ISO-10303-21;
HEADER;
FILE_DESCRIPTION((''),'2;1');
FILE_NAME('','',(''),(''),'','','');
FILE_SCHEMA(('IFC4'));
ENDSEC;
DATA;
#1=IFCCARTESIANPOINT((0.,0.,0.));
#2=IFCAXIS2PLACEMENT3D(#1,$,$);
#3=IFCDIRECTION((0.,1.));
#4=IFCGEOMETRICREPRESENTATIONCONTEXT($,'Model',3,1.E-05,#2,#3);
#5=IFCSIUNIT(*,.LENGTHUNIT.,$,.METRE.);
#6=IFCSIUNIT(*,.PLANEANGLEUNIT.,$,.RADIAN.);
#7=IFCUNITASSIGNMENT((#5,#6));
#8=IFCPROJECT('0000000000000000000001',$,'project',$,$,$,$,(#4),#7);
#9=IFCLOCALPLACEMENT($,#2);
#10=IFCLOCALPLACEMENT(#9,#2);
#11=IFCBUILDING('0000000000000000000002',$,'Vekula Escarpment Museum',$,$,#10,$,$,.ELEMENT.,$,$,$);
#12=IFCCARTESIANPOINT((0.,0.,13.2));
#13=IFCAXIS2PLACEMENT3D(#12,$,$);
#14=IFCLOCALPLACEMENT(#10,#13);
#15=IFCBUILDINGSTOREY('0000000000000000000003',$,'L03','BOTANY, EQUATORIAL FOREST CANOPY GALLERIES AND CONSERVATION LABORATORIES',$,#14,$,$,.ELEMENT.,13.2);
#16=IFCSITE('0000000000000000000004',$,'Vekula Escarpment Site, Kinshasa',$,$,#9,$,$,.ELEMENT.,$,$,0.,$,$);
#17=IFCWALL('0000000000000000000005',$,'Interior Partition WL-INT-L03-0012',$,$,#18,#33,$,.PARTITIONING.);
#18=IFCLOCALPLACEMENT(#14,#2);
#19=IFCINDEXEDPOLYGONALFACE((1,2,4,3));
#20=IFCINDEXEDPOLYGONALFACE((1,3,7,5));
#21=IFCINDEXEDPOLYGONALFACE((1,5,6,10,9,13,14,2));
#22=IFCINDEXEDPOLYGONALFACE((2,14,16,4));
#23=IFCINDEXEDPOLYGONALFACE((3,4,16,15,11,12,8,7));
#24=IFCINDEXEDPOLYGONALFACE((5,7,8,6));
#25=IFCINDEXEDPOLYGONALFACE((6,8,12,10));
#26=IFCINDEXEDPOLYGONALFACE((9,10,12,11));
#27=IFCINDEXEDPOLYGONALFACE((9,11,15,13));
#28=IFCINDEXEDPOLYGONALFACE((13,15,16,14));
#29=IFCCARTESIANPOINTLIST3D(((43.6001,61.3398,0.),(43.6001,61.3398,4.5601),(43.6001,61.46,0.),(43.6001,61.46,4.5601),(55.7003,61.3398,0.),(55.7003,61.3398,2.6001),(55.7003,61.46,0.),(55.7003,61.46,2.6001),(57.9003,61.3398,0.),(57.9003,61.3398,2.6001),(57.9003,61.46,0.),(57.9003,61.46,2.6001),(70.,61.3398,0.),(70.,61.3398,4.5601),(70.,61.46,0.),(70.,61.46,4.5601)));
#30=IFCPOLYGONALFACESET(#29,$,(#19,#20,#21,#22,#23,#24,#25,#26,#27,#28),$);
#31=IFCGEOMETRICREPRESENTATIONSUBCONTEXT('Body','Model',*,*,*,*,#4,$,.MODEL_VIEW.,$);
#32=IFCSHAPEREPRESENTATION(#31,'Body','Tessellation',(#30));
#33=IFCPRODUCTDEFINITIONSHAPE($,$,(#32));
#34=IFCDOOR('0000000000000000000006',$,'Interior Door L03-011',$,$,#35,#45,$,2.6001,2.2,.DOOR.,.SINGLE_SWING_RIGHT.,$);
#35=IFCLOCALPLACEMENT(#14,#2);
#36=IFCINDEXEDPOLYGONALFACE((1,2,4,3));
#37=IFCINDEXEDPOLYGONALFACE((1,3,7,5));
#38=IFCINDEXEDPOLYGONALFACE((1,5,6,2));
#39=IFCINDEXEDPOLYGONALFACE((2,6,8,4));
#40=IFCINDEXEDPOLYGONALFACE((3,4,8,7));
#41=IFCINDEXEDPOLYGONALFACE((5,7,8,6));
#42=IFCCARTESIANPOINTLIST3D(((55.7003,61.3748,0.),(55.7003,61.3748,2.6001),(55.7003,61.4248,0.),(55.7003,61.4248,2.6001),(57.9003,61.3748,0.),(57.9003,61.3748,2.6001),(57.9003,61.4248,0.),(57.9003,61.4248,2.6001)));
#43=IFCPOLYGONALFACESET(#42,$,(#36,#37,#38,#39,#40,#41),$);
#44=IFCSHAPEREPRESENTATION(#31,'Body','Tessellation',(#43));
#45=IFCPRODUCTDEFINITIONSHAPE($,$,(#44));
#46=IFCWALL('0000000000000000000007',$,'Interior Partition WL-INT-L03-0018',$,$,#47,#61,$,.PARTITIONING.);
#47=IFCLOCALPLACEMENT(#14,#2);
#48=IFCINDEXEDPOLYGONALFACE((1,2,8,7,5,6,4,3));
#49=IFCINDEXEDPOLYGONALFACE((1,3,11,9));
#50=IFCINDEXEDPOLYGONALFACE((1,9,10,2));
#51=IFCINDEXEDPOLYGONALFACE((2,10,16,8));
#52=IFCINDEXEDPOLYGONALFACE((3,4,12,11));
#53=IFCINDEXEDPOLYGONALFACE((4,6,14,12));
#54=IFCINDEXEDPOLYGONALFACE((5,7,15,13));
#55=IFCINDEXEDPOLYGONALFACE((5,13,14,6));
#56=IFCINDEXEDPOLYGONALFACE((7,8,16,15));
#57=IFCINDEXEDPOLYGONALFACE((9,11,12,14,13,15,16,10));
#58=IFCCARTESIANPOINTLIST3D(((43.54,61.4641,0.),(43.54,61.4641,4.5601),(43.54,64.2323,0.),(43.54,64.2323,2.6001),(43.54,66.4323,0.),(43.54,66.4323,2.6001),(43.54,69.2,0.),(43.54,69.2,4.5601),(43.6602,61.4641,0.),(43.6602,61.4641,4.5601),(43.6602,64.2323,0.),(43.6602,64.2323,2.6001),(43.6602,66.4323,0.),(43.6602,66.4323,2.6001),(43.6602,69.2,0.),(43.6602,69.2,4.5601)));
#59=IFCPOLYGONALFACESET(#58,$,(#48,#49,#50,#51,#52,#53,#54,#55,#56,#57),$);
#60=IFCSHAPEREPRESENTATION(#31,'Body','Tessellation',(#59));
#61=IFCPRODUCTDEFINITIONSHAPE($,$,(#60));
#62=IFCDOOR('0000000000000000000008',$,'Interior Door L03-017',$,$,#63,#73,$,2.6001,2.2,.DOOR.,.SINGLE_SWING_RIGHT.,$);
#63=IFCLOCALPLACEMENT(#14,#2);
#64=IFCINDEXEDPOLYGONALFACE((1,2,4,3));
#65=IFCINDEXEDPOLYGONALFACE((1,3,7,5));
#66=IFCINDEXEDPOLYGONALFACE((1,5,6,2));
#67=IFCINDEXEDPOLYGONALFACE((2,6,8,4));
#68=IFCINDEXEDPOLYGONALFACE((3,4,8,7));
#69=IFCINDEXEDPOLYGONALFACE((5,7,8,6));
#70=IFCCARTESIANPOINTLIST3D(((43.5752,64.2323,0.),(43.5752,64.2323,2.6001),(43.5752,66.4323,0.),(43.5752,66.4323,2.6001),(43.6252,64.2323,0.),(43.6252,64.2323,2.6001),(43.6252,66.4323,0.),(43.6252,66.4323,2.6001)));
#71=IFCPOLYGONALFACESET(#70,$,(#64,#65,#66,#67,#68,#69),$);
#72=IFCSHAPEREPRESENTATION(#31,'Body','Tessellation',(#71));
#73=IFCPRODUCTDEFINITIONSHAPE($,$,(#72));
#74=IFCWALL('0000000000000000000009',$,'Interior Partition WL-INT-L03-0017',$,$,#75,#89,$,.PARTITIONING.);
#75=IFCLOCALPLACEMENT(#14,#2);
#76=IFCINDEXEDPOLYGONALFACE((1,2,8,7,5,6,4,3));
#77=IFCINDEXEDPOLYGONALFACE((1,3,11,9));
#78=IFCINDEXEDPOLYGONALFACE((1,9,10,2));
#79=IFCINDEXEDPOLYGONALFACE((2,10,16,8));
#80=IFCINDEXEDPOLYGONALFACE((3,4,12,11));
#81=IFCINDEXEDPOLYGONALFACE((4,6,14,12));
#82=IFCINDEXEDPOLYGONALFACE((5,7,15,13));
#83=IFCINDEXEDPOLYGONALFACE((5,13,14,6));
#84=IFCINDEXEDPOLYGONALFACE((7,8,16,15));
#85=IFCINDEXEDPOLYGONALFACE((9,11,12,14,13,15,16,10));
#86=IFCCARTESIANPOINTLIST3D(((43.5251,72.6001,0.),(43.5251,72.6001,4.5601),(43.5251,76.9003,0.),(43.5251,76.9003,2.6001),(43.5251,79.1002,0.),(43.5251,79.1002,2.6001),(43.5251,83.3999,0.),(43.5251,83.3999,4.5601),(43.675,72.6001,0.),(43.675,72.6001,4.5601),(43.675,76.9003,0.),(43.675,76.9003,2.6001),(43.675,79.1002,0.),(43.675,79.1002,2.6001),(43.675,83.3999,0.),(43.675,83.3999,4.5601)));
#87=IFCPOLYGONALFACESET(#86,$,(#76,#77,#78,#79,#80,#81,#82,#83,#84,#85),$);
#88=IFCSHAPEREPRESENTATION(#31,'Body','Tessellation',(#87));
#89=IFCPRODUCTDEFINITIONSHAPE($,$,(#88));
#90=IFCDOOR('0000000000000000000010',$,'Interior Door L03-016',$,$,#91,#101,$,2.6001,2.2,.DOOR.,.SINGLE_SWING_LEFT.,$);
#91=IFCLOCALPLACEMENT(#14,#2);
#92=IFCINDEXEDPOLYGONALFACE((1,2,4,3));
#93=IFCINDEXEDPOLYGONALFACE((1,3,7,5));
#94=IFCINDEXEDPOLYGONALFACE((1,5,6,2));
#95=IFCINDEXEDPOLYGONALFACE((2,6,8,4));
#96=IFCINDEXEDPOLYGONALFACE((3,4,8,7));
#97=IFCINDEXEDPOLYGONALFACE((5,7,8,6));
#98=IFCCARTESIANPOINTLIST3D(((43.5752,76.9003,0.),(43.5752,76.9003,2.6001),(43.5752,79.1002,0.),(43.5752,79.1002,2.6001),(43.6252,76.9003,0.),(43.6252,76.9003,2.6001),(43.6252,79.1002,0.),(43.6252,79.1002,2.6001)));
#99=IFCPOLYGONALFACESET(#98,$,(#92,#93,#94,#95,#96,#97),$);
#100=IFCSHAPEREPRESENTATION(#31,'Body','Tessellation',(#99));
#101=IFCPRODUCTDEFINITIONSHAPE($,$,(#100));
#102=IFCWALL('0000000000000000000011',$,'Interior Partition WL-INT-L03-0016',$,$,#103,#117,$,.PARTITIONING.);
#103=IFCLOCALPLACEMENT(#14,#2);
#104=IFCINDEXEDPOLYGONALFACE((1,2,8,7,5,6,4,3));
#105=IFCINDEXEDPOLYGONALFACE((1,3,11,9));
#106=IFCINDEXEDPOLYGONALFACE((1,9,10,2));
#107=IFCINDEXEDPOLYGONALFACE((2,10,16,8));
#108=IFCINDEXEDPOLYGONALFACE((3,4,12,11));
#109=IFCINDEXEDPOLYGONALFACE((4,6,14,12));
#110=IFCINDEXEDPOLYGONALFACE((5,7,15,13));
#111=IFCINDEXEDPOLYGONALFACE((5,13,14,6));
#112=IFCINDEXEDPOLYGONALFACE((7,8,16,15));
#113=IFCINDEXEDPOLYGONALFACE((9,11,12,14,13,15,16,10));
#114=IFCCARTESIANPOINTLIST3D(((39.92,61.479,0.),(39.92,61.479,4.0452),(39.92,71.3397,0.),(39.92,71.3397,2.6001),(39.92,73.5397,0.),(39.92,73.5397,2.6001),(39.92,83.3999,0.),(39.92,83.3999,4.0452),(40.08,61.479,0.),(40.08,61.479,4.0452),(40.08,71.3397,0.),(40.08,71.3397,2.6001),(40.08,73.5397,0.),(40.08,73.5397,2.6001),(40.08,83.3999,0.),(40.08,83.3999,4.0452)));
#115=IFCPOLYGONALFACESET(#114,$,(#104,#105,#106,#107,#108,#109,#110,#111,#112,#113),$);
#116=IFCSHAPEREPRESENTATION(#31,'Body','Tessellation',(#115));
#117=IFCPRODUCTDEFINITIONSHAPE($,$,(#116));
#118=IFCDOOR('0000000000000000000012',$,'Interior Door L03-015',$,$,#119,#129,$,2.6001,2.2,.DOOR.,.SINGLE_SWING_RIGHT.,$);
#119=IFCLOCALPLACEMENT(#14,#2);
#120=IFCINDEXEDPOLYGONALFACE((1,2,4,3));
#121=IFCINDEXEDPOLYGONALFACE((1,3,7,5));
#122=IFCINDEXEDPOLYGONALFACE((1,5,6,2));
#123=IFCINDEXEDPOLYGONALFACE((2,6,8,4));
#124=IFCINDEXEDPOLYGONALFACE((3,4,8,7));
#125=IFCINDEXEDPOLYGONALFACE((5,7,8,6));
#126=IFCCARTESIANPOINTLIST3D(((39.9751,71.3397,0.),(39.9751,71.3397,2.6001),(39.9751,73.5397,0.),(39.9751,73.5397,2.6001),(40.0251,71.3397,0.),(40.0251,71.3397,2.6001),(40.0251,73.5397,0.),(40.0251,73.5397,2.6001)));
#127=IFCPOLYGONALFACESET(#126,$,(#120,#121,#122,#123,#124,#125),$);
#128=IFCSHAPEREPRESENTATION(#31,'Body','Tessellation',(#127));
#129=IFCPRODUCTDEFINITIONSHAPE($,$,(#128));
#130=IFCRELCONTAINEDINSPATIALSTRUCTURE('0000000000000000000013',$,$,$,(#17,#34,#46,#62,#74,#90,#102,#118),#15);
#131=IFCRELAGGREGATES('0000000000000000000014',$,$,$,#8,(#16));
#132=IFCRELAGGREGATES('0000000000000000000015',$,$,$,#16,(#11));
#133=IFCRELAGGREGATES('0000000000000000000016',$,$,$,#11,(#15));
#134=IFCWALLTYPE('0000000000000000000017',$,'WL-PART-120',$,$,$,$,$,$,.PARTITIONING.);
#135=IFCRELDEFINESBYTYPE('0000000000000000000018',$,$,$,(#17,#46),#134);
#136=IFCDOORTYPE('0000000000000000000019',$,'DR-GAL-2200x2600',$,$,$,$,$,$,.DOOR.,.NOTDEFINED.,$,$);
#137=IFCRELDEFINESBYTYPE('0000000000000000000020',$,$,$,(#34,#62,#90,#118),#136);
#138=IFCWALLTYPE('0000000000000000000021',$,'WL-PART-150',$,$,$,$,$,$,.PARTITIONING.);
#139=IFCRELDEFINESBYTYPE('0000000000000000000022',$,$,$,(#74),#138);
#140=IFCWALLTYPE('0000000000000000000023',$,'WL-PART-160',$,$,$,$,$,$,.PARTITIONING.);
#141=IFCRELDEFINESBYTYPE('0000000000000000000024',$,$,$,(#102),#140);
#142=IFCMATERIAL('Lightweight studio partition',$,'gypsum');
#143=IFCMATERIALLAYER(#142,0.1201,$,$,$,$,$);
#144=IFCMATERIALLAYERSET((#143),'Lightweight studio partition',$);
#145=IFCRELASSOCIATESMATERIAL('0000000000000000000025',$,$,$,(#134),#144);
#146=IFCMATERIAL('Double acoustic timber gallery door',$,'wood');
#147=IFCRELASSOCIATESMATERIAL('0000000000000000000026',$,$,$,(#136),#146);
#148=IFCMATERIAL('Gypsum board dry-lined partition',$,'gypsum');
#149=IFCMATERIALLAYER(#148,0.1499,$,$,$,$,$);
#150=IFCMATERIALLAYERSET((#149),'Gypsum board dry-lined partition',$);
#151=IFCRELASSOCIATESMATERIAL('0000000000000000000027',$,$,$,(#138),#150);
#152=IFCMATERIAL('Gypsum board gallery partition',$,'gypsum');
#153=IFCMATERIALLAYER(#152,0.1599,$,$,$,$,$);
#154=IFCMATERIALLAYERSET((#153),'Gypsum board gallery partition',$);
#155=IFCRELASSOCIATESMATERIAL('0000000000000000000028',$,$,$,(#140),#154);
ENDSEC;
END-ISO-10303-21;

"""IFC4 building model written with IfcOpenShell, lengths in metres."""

from ifc_helpers import new_model, si_unit, direction, frame, frame_2d, origin, place, context, subcontext, project, spatial, rectangle, extrude, material, layer, layer_set, type_object, element, fill, save


model = new_model("IFC4")

# Units and contexts
model_context = context("Model", 3, precision=1e-05, world=origin(), true_north=direction((0.0, 1.0)))
body_context = subcontext(model_context, "Body", "Model", "MODEL_VIEW")
ifc_project = project(units=[si_unit("LENGTHUNIT", "METRE"), si_unit("PLANEANGLEUNIT", "RADIAN")], contexts=[model_context])

# Site, building, storey
site_placement = place(None, origin())
site = spatial("IfcSite", under=ifc_project, at=site_placement, Name="Vekula Escarpment Site, Kinshasa", CompositionType="ELEMENT", RefElevation=0.0)
building_placement = place(site_placement, origin())
building = spatial("IfcBuilding", under=site, at=building_placement, Name="Vekula Escarpment Museum", CompositionType="ELEMENT")
storey_placement = place(building_placement, frame((0.0, 0.0, 13.2)))
storey = spatial("IfcBuildingStorey", under=building, at=storey_placement, Name="L03", Description="BOTANY, EQUATORIAL FOREST CANOPY GALLERIES AND CONSERVATION LABORATORIES", CompositionType="ELEMENT", Elevation=13.2)

# Walls, openings, doors
ifc_material_1 = material(Name="Lightweight studio partition", Category="gypsum")
ifc_layer_1 = layer(ifc_material_1, 0.1201)
ifc_layer_set_1 = layer_set([ifc_layer_1], Name="Lightweight studio partition")
wall_type_1 = type_object("IfcWallType", Name="WL-PART-120", PredefinedType="PARTITIONING", material=ifc_layer_set_1)
wall_1_placement = place(storey_placement, frame((43.6001, 61.3999, 0.0), z_axis=(0.0, 0.0, 1.0), x_axis=(1.0, 0.0, 0.0)))
wall_1 = element("IfcWall", 1, at=wall_1_placement, inside=storey, type_object=wall_type_1, Name="Interior Partition WL-INT-L03-0012", PredefinedType="PARTITIONING", context=body_context, shape_type="SweptSolid", body=[
    extrude(rectangle(XDim=26.3999, YDim=0.1201, at=frame_2d((13.2, 0.0))), origin(), (0.0, 0.0, 1.0), 4.5601),
])
opening_1_placement = place(wall_1_placement, frame((12.1001, 0.0, 0.0)))
opening_1 = element("IfcOpeningElement", 2, at=opening_1_placement, cuts=wall_1, PredefinedType="OPENING", context=body_context, shape_type="SweptSolid", body=[
    extrude(rectangle(XDim=2.2, YDim=2.6001, at=frame_2d((1.1001, 1.3))), frame((0.0, 0.0701, 0.0), z_axis=(0.0, -1.0, 0.0), x_axis=(1.0, 0.0, 0.0)), (0.0, 0.0, 1.0), 0.1401),
])
ifc_material_2 = material(Name="Double acoustic timber gallery door", Category="wood")
door_type_1 = type_object("IfcDoorType", Name="DR-GAL-2200x2600", OperationType="NOTDEFINED", PredefinedType="DOOR", material=ifc_material_2)
door_1_placement = place(opening_1_placement, origin())
door_1 = element("IfcDoor", 3, at=door_1_placement, inside=storey, type_object=door_type_1, Name="Interior Door L03-011", OperationType="SINGLE_SWING_RIGHT", OverallHeight=2.6001, OverallWidth=2.2, PredefinedType="DOOR", context=body_context, shape_type="SweptSolid", body=[
    extrude(rectangle(XDim=2.2, YDim=2.6001, at=frame_2d((1.1001, 1.3))), frame((0.0, 0.0249, 0.0), z_axis=(0.0, -1.0, 0.0), x_axis=(1.0, 0.0, 0.0)), (0.0, 0.0, 1.0), 0.05),
])
fill(opening_1, door_1)
wall_2_placement = place(storey_placement, frame((43.6001, 61.4641, 0.0), z_axis=(0.0, 0.0, 1.0), x_axis=(0.0, 1.0, 0.0)))
wall_2 = element("IfcWall", 4, at=wall_2_placement, inside=storey, type_object=wall_type_1, Name="Interior Partition WL-INT-L03-0018", PredefinedType="PARTITIONING", context=body_context, shape_type="SweptSolid", body=[
    extrude(rectangle(XDim=7.7358, YDim=0.1201, at=frame_2d((3.8679, 0.0))), origin(), (0.0, 0.0, 1.0), 4.5601),
])
opening_2_placement = place(wall_2_placement, frame((2.7681, 0.0, 0.0)))
opening_2 = element("IfcOpeningElement", 5, at=opening_2_placement, cuts=wall_2, PredefinedType="OPENING", context=body_context, shape_type="SweptSolid", body=[
    extrude(rectangle(XDim=2.2, YDim=2.6001, at=frame_2d((1.1001, 1.3))), frame((0.0, 0.0701, 0.0), z_axis=(0.0, -1.0, 0.0), x_axis=(1.0, 0.0, 0.0)), (0.0, 0.0, 1.0), 0.1401),
])
door_2_placement = place(opening_2_placement, origin())
door_2 = element("IfcDoor", 6, at=door_2_placement, inside=storey, type_object=door_type_1, Name="Interior Door L03-017", OperationType="SINGLE_SWING_RIGHT", OverallHeight=2.6001, OverallWidth=2.2, PredefinedType="DOOR", context=body_context, shape_type="SweptSolid", body=[
    extrude(rectangle(XDim=2.2, YDim=2.6001, at=frame_2d((1.1001, 1.3))), frame((0.0, 0.0249, 0.0), z_axis=(0.0, -1.0, 0.0), x_axis=(1.0, 0.0, 0.0)), (0.0, 0.0, 1.0), 0.05),
])
fill(opening_2, door_2)
ifc_material_3 = material(Name="Gypsum board dry-lined partition", Category="gypsum")
ifc_layer_2 = layer(ifc_material_3, 0.1499)
ifc_layer_set_2 = layer_set([ifc_layer_2], Name="Gypsum board dry-lined partition")
wall_type_2 = type_object("IfcWallType", Name="WL-PART-150", PredefinedType="PARTITIONING", material=ifc_layer_set_2)
wall_3_placement = place(storey_placement, frame((43.6001, 72.6001, 0.0), z_axis=(0.0, 0.0, 1.0), x_axis=(0.0, 1.0, 0.0)))
wall_3 = element("IfcWall", 7, at=wall_3_placement, inside=storey, type_object=wall_type_2, Name="Interior Partition WL-INT-L03-0017", PredefinedType="PARTITIONING", context=body_context, shape_type="SweptSolid", body=[
    extrude(rectangle(XDim=10.7998, YDim=0.1499, at=frame_2d((5.3999, 0.0))), origin(), (0.0, 0.0, 1.0), 4.5601),
])
opening_3_placement = place(wall_3_placement, frame((4.3, 0.0, 0.0)))
opening_3 = element("IfcOpeningElement", 8, at=opening_3_placement, cuts=wall_3, PredefinedType="OPENING", context=body_context, shape_type="SweptSolid", body=[
    extrude(rectangle(XDim=2.2, YDim=2.6001, at=frame_2d((1.1001, 1.3))), frame((0.0, 0.085, 0.0), z_axis=(0.0, -1.0, 0.0), x_axis=(1.0, 0.0, 0.0)), (0.0, 0.0, 1.0), 0.1699),
])
door_3_placement = place(opening_3_placement, origin())
door_3 = element("IfcDoor", 9, at=door_3_placement, inside=storey, type_object=door_type_1, Name="Interior Door L03-016", OperationType="SINGLE_SWING_LEFT", OverallHeight=2.6001, OverallWidth=2.2, PredefinedType="DOOR", context=body_context, shape_type="SweptSolid", body=[
    extrude(rectangle(XDim=2.2, YDim=2.6001, at=frame_2d((1.1001, 1.3))), frame((0.0, 0.0249, 0.0), z_axis=(0.0, -1.0, 0.0), x_axis=(1.0, 0.0, 0.0)), (0.0, 0.0, 1.0), 0.05),
])
fill(opening_3, door_3)
ifc_material_4 = material(Name="Gypsum board gallery partition", Category="gypsum")
ifc_layer_3 = layer(ifc_material_4, 0.1599)
ifc_layer_set_3 = layer_set([ifc_layer_3], Name="Gypsum board gallery partition")
wall_type_3 = type_object("IfcWallType", Name="WL-PART-160", PredefinedType="PARTITIONING", material=ifc_layer_set_3)
wall_4_placement = place(storey_placement, frame((40.0, 61.479, 0.0), z_axis=(0.0, 0.0, 1.0), x_axis=(0.0, 1.0, 0.0)))
wall_4 = element("IfcWall", 10, at=wall_4_placement, inside=storey, type_object=wall_type_3, Name="Interior Partition WL-INT-L03-0016", PredefinedType="PARTITIONING", context=body_context, shape_type="SweptSolid", body=[
    extrude(rectangle(XDim=21.9209, YDim=0.1599, at=frame_2d((10.9604, 0.0))), origin(), (0.0, 0.0, 1.0), 4.0452),
])
opening_4_placement = place(wall_4_placement, frame((9.8606, 0.0, 0.0)))
opening_4 = element("IfcOpeningElement", 11, at=opening_4_placement, cuts=wall_4, PredefinedType="OPENING", context=body_context, shape_type="SweptSolid", body=[
    extrude(rectangle(XDim=2.2, YDim=2.6001, at=frame_2d((1.1001, 1.3))), frame((0.0, 0.0898, 0.0), z_axis=(0.0, -1.0, 0.0), x_axis=(1.0, 0.0, 0.0)), (0.0, 0.0, 1.0), 0.1799),
])
door_4_placement = place(opening_4_placement, origin())
door_4 = element("IfcDoor", 12, at=door_4_placement, inside=storey, type_object=door_type_1, Name="Interior Door L03-015", OperationType="SINGLE_SWING_RIGHT", OverallHeight=2.6001, OverallWidth=2.2, PredefinedType="DOOR", context=body_context, shape_type="SweptSolid", body=[
    extrude(rectangle(XDim=2.2, YDim=2.6001, at=frame_2d((1.1001, 1.3))), frame((0.0, 0.0249, 0.0), z_axis=(0.0, -1.0, 0.0), x_axis=(1.0, 0.0, 0.0)), (0.0, 0.0, 1.0), 0.05),
])
fill(opening_4, door_4)

save(model, "model.ifc")
